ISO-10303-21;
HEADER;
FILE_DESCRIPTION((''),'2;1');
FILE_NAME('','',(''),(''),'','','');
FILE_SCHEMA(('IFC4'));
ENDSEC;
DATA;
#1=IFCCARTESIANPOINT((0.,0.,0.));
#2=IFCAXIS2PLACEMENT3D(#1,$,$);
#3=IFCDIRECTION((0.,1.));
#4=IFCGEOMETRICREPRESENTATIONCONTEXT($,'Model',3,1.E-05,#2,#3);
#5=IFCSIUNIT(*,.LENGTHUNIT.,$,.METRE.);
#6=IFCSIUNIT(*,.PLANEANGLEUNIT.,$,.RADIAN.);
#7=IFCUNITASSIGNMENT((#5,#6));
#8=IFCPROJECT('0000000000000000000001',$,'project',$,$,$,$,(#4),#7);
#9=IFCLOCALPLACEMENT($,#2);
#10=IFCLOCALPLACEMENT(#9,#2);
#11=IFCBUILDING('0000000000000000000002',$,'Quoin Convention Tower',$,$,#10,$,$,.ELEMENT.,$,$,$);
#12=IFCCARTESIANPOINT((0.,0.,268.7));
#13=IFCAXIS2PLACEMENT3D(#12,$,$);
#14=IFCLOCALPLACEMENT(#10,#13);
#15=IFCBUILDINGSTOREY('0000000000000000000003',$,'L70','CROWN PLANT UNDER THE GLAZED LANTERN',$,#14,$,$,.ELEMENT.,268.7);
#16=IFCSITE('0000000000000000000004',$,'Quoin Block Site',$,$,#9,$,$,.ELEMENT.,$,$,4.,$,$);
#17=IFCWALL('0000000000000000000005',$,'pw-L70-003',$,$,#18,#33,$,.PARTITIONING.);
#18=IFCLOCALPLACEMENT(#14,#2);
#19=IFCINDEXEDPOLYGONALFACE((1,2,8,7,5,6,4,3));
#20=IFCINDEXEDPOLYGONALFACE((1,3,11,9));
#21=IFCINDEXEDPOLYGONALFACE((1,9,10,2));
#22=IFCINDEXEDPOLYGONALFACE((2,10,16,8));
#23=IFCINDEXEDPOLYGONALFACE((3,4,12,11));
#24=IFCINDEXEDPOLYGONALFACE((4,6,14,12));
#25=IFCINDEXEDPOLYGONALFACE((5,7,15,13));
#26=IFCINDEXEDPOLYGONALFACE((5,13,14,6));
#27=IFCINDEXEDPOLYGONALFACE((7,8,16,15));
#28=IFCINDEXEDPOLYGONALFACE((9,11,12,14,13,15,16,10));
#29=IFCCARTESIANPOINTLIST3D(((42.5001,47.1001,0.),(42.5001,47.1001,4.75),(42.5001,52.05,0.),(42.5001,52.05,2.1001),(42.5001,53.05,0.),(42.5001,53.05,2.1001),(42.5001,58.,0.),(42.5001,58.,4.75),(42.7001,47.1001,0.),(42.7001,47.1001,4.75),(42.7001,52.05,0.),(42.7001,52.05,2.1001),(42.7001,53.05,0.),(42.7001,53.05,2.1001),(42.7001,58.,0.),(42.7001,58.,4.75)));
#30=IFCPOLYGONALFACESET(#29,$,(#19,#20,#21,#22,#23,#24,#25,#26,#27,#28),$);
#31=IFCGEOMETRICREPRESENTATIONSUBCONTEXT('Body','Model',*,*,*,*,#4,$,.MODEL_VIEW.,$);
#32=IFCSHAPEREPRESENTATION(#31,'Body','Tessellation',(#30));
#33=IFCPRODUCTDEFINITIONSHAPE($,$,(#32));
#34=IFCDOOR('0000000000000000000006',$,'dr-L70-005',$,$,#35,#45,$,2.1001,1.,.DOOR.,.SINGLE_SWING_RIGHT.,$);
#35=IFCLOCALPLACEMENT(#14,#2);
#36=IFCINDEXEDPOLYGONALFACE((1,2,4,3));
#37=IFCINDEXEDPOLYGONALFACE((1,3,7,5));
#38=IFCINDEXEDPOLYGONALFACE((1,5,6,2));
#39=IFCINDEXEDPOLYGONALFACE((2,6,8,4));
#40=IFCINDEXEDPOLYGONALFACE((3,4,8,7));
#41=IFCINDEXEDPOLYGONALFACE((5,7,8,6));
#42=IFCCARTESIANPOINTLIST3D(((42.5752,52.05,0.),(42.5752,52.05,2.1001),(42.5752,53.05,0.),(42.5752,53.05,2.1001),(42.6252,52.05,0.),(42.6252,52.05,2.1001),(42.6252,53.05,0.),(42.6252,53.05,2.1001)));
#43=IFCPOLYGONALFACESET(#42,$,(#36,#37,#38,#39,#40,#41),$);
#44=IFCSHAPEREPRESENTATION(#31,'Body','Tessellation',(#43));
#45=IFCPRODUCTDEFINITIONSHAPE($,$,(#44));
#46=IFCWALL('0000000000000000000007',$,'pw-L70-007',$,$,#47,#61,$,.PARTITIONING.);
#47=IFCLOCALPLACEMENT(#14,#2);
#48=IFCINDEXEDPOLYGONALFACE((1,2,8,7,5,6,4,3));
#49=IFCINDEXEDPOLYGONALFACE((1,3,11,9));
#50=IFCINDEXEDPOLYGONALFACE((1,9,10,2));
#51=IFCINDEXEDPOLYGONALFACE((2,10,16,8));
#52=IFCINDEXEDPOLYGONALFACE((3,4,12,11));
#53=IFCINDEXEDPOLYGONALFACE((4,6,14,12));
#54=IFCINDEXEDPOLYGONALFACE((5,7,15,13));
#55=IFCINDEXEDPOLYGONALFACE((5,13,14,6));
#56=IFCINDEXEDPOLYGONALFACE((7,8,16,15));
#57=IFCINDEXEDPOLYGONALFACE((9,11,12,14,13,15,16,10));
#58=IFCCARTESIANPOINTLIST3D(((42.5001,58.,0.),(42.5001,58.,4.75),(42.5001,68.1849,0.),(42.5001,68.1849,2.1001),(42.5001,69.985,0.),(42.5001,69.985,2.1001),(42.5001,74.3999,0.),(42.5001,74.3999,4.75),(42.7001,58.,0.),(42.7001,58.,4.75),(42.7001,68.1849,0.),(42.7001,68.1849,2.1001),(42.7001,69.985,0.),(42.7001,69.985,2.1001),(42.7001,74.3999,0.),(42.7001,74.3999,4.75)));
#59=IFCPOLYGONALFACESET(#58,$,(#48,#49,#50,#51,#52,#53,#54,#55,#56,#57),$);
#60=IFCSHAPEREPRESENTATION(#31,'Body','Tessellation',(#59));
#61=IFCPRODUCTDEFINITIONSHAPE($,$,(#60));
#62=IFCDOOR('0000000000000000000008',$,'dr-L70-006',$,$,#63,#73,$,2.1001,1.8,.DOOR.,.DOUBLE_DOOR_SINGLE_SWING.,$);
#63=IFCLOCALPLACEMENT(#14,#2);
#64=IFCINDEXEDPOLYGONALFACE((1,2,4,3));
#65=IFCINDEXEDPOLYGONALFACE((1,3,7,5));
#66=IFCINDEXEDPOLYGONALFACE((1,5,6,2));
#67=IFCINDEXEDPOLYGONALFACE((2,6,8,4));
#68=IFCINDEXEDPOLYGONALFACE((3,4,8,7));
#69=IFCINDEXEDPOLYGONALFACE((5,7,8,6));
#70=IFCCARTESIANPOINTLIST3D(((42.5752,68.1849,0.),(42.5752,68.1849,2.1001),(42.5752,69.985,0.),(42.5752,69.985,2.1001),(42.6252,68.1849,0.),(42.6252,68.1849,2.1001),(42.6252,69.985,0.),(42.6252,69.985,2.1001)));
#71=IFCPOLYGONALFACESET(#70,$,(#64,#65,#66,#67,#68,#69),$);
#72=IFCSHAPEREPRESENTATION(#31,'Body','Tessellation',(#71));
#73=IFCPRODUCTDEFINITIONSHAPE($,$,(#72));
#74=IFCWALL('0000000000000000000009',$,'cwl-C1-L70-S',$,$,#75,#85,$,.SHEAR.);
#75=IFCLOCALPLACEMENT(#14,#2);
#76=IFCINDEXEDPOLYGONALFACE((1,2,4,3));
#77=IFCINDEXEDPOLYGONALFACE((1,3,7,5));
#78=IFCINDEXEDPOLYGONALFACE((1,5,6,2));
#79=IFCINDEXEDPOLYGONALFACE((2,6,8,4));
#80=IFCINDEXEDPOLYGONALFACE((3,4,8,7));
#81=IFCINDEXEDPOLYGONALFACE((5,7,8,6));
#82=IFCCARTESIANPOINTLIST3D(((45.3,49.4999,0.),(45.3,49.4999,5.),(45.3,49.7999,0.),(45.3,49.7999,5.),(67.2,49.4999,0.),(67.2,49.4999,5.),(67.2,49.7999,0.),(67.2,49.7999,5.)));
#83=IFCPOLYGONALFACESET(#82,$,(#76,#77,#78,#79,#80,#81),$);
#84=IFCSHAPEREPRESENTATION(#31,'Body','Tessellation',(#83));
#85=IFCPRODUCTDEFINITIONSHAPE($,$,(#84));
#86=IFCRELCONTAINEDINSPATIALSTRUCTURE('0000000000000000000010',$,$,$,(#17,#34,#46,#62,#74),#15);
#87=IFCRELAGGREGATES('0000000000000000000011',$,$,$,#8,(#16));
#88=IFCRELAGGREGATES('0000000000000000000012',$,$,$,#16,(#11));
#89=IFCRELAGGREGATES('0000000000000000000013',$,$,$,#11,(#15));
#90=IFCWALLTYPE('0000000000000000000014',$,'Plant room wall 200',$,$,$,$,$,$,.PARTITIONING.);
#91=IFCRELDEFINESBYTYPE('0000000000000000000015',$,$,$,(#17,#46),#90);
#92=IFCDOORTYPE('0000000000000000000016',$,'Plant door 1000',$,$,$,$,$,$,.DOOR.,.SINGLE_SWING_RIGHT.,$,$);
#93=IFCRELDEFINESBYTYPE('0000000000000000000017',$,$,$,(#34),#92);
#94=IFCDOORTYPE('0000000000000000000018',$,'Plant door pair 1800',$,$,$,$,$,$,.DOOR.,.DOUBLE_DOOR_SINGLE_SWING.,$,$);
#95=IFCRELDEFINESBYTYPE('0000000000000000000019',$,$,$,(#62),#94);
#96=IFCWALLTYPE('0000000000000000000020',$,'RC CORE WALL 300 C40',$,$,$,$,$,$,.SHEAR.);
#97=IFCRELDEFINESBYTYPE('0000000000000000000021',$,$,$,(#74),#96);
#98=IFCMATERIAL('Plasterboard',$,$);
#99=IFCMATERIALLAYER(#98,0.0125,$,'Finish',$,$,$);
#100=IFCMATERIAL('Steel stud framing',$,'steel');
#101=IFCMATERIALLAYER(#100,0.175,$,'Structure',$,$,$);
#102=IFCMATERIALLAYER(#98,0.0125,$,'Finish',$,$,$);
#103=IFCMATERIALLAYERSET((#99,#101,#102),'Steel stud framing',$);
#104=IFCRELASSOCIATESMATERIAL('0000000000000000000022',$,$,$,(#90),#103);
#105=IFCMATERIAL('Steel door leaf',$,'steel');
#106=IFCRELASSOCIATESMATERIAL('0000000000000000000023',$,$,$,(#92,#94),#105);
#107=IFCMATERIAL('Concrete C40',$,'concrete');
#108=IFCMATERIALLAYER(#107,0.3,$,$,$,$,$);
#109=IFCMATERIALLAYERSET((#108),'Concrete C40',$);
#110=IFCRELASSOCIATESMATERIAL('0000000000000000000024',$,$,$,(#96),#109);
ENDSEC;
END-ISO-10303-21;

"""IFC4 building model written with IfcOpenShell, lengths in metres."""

from ifc_helpers import new_model, si_unit, direction, frame, frame_2d, origin, place, context, subcontext, project, spatial, rectangle, extrude, material, layer, layer_set, type_object, element, fill, save


model = new_model("IFC4")

# Units and contexts
model_context = context("Model", 3, precision=1e-05, world=origin(), true_north=direction((0.0, 1.0)))
body_context = subcontext(model_context, "Body", "Model", "MODEL_VIEW")
ifc_project = project(units=[si_unit("LENGTHUNIT", "METRE"), si_unit("PLANEANGLEUNIT", "RADIAN")], contexts=[model_context])

# Site, building, storey
site_placement = place(None, origin())
site = spatial("IfcSite", under=ifc_project, at=site_placement, Name="Quoin Block Site", CompositionType="ELEMENT", RefElevation=4.0)
building_placement = place(site_placement, origin())
building = spatial("IfcBuilding", under=site, at=building_placement, Name="Quoin Convention Tower", CompositionType="ELEMENT")
storey_placement = place(building_placement, frame((0.0, 0.0, 268.7)))
storey = spatial("IfcBuildingStorey", under=building, at=storey_placement, Name="L70", Description="CROWN PLANT UNDER THE GLAZED LANTERN", CompositionType="ELEMENT", Elevation=268.7)

# Shared definitions
ifc_material_1 = material(Name="Plasterboard")
ifc_material_2 = material(Name="Steel stud framing", Category="steel")
ifc_material_3 = material(Name="Steel door leaf", Category="steel")

# Walls, openings, doors
ifc_layer_1 = layer(ifc_material_1, 0.0125, Name="Finish")
ifc_layer_2 = layer(ifc_material_2, 0.175, Name="Structure")
ifc_layer_3 = layer(ifc_material_1, 0.0125, Name="Finish")
ifc_layer_set_1 = layer_set([ifc_layer_1, ifc_layer_2, ifc_layer_3], Name="Steel stud framing")
wall_type_1 = type_object("IfcWallType", Name="Plant room wall 200", PredefinedType="PARTITIONING", material=ifc_layer_set_1)
wall_1_placement = place(storey_placement, frame((42.6001, 47.1001, 0.0), z_axis=(0.0, 0.0, 1.0), x_axis=(0.0, 1.0, 0.0)))
wall_1 = element("IfcWall", 1, at=wall_1_placement, inside=storey, type_object=wall_type_1, Name="pw-L70-003", PredefinedType="PARTITIONING", context=body_context, shape_type="SweptSolid", body=[
    extrude(rectangle(XDim=10.8999, YDim=0.2, at=frame_2d((5.45, 0.0))), origin(), (0.0, 0.0, 1.0), 4.75),
])
opening_1_placement = place(wall_1_placement, frame((4.95, 0.0, 0.0)))
opening_1 = element("IfcOpeningElement", 2, at=opening_1_placement, cuts=wall_1, PredefinedType="OPENING", context=body_context, shape_type="SweptSolid", body=[
    extrude(rectangle(XDim=1.0, YDim=2.1001, at=frame_2d((0.5, 1.05))), frame((0.0, 0.1099, 0.0), z_axis=(0.0, -1.0, 0.0), x_axis=(1.0, 0.0, 0.0)), (0.0, 0.0, 1.0), 0.22),
])
door_type_1 = type_object("IfcDoorType", Name="Plant door 1000", OperationType="SINGLE_SWING_RIGHT", PredefinedType="DOOR", material=ifc_material_3)
door_1_placement = place(opening_1_placement, origin())
door_1 = element("IfcDoor", 3, at=door_1_placement, inside=storey, type_object=door_type_1, Name="dr-L70-005", OperationType="SINGLE_SWING_RIGHT", OverallHeight=2.1001, OverallWidth=1.0, PredefinedType="DOOR", context=body_context, shape_type="SweptSolid", body=[
    extrude(rectangle(XDim=1.0, YDim=2.1001, at=frame_2d((0.5, 1.05))), frame((0.0, 0.0249, 0.0), z_axis=(0.0, -1.0, 0.0), x_axis=(1.0, 0.0, 0.0)), (0.0, 0.0, 1.0), 0.05),
])
fill(opening_1, door_1)
wall_2_placement = place(storey_placement, frame((42.6001, 58.0, 0.0), z_axis=(0.0, 0.0, 1.0), x_axis=(0.0, 1.0, 0.0)))
wall_2 = element("IfcWall", 4, at=wall_2_placement, inside=storey, type_object=wall_type_1, Name="pw-L70-007", PredefinedType="PARTITIONING", context=body_context, shape_type="SweptSolid", body=[
    extrude(rectangle(XDim=16.3999, YDim=0.2, at=frame_2d((8.2, 0.0))), origin(), (0.0, 0.0, 1.0), 4.75),
])
opening_2_placement = place(wall_2_placement, frame((10.1851, 0.0, 0.0)))
opening_2 = element("IfcOpeningElement", 5, at=opening_2_placement, cuts=wall_2, PredefinedType="OPENING", context=body_context, shape_type="SweptSolid", body=[
    extrude(rectangle(XDim=1.8, YDim=2.1001, at=frame_2d((0.8999, 1.05))), frame((0.0, 0.1099, 0.0), z_axis=(0.0, -1.0, 0.0), x_axis=(1.0, 0.0, 0.0)), (0.0, 0.0, 1.0), 0.22),
])
door_type_2 = type_object("IfcDoorType", Name="Plant door pair 1800", OperationType="DOUBLE_DOOR_SINGLE_SWING", PredefinedType="DOOR", material=ifc_material_3)
door_2_placement = place(opening_2_placement, origin())
door_2 = element("IfcDoor", 6, at=door_2_placement, inside=storey, type_object=door_type_2, Name="dr-L70-006", OperationType="DOUBLE_DOOR_SINGLE_SWING", OverallHeight=2.1001, OverallWidth=1.8, PredefinedType="DOOR", context=body_context, shape_type="SweptSolid", body=[
    extrude(rectangle(XDim=1.8, YDim=2.1001, at=frame_2d((0.8999, 1.05))), frame((0.0, 0.0249, 0.0), z_axis=(0.0, -1.0, 0.0), x_axis=(1.0, 0.0, 0.0)), (0.0, 0.0, 1.0), 0.05),
])
fill(opening_2, door_2)

# Wall
ifc_material_4 = material(Name="Concrete C40", Category="concrete")
ifc_layer_4 = layer(ifc_material_4, 0.3)
ifc_layer_set_2 = layer_set([ifc_layer_4], Name="Concrete C40")
wall_type_2 = type_object("IfcWallType", Name="RC CORE WALL 300 C40", PredefinedType="SHEAR", material=ifc_layer_set_2)
wall_3_placement = place(storey_placement, frame((45.3, 49.6499, 0.0), z_axis=(0.0, 0.0, 1.0), x_axis=(1.0, 0.0, 0.0)))
element("IfcWall", 7, at=wall_3_placement, inside=storey, type_object=wall_type_2, Name="cwl-C1-L70-S", PredefinedType="SHEAR", context=body_context, shape_type="SweptSolid", body=[
    extrude(rectangle(XDim=21.8999, YDim=0.3, at=frame_2d((10.95, 0.0))), origin(), (0.0, 0.0, 1.0), 5.0),
])

save(model, "model.ifc")
